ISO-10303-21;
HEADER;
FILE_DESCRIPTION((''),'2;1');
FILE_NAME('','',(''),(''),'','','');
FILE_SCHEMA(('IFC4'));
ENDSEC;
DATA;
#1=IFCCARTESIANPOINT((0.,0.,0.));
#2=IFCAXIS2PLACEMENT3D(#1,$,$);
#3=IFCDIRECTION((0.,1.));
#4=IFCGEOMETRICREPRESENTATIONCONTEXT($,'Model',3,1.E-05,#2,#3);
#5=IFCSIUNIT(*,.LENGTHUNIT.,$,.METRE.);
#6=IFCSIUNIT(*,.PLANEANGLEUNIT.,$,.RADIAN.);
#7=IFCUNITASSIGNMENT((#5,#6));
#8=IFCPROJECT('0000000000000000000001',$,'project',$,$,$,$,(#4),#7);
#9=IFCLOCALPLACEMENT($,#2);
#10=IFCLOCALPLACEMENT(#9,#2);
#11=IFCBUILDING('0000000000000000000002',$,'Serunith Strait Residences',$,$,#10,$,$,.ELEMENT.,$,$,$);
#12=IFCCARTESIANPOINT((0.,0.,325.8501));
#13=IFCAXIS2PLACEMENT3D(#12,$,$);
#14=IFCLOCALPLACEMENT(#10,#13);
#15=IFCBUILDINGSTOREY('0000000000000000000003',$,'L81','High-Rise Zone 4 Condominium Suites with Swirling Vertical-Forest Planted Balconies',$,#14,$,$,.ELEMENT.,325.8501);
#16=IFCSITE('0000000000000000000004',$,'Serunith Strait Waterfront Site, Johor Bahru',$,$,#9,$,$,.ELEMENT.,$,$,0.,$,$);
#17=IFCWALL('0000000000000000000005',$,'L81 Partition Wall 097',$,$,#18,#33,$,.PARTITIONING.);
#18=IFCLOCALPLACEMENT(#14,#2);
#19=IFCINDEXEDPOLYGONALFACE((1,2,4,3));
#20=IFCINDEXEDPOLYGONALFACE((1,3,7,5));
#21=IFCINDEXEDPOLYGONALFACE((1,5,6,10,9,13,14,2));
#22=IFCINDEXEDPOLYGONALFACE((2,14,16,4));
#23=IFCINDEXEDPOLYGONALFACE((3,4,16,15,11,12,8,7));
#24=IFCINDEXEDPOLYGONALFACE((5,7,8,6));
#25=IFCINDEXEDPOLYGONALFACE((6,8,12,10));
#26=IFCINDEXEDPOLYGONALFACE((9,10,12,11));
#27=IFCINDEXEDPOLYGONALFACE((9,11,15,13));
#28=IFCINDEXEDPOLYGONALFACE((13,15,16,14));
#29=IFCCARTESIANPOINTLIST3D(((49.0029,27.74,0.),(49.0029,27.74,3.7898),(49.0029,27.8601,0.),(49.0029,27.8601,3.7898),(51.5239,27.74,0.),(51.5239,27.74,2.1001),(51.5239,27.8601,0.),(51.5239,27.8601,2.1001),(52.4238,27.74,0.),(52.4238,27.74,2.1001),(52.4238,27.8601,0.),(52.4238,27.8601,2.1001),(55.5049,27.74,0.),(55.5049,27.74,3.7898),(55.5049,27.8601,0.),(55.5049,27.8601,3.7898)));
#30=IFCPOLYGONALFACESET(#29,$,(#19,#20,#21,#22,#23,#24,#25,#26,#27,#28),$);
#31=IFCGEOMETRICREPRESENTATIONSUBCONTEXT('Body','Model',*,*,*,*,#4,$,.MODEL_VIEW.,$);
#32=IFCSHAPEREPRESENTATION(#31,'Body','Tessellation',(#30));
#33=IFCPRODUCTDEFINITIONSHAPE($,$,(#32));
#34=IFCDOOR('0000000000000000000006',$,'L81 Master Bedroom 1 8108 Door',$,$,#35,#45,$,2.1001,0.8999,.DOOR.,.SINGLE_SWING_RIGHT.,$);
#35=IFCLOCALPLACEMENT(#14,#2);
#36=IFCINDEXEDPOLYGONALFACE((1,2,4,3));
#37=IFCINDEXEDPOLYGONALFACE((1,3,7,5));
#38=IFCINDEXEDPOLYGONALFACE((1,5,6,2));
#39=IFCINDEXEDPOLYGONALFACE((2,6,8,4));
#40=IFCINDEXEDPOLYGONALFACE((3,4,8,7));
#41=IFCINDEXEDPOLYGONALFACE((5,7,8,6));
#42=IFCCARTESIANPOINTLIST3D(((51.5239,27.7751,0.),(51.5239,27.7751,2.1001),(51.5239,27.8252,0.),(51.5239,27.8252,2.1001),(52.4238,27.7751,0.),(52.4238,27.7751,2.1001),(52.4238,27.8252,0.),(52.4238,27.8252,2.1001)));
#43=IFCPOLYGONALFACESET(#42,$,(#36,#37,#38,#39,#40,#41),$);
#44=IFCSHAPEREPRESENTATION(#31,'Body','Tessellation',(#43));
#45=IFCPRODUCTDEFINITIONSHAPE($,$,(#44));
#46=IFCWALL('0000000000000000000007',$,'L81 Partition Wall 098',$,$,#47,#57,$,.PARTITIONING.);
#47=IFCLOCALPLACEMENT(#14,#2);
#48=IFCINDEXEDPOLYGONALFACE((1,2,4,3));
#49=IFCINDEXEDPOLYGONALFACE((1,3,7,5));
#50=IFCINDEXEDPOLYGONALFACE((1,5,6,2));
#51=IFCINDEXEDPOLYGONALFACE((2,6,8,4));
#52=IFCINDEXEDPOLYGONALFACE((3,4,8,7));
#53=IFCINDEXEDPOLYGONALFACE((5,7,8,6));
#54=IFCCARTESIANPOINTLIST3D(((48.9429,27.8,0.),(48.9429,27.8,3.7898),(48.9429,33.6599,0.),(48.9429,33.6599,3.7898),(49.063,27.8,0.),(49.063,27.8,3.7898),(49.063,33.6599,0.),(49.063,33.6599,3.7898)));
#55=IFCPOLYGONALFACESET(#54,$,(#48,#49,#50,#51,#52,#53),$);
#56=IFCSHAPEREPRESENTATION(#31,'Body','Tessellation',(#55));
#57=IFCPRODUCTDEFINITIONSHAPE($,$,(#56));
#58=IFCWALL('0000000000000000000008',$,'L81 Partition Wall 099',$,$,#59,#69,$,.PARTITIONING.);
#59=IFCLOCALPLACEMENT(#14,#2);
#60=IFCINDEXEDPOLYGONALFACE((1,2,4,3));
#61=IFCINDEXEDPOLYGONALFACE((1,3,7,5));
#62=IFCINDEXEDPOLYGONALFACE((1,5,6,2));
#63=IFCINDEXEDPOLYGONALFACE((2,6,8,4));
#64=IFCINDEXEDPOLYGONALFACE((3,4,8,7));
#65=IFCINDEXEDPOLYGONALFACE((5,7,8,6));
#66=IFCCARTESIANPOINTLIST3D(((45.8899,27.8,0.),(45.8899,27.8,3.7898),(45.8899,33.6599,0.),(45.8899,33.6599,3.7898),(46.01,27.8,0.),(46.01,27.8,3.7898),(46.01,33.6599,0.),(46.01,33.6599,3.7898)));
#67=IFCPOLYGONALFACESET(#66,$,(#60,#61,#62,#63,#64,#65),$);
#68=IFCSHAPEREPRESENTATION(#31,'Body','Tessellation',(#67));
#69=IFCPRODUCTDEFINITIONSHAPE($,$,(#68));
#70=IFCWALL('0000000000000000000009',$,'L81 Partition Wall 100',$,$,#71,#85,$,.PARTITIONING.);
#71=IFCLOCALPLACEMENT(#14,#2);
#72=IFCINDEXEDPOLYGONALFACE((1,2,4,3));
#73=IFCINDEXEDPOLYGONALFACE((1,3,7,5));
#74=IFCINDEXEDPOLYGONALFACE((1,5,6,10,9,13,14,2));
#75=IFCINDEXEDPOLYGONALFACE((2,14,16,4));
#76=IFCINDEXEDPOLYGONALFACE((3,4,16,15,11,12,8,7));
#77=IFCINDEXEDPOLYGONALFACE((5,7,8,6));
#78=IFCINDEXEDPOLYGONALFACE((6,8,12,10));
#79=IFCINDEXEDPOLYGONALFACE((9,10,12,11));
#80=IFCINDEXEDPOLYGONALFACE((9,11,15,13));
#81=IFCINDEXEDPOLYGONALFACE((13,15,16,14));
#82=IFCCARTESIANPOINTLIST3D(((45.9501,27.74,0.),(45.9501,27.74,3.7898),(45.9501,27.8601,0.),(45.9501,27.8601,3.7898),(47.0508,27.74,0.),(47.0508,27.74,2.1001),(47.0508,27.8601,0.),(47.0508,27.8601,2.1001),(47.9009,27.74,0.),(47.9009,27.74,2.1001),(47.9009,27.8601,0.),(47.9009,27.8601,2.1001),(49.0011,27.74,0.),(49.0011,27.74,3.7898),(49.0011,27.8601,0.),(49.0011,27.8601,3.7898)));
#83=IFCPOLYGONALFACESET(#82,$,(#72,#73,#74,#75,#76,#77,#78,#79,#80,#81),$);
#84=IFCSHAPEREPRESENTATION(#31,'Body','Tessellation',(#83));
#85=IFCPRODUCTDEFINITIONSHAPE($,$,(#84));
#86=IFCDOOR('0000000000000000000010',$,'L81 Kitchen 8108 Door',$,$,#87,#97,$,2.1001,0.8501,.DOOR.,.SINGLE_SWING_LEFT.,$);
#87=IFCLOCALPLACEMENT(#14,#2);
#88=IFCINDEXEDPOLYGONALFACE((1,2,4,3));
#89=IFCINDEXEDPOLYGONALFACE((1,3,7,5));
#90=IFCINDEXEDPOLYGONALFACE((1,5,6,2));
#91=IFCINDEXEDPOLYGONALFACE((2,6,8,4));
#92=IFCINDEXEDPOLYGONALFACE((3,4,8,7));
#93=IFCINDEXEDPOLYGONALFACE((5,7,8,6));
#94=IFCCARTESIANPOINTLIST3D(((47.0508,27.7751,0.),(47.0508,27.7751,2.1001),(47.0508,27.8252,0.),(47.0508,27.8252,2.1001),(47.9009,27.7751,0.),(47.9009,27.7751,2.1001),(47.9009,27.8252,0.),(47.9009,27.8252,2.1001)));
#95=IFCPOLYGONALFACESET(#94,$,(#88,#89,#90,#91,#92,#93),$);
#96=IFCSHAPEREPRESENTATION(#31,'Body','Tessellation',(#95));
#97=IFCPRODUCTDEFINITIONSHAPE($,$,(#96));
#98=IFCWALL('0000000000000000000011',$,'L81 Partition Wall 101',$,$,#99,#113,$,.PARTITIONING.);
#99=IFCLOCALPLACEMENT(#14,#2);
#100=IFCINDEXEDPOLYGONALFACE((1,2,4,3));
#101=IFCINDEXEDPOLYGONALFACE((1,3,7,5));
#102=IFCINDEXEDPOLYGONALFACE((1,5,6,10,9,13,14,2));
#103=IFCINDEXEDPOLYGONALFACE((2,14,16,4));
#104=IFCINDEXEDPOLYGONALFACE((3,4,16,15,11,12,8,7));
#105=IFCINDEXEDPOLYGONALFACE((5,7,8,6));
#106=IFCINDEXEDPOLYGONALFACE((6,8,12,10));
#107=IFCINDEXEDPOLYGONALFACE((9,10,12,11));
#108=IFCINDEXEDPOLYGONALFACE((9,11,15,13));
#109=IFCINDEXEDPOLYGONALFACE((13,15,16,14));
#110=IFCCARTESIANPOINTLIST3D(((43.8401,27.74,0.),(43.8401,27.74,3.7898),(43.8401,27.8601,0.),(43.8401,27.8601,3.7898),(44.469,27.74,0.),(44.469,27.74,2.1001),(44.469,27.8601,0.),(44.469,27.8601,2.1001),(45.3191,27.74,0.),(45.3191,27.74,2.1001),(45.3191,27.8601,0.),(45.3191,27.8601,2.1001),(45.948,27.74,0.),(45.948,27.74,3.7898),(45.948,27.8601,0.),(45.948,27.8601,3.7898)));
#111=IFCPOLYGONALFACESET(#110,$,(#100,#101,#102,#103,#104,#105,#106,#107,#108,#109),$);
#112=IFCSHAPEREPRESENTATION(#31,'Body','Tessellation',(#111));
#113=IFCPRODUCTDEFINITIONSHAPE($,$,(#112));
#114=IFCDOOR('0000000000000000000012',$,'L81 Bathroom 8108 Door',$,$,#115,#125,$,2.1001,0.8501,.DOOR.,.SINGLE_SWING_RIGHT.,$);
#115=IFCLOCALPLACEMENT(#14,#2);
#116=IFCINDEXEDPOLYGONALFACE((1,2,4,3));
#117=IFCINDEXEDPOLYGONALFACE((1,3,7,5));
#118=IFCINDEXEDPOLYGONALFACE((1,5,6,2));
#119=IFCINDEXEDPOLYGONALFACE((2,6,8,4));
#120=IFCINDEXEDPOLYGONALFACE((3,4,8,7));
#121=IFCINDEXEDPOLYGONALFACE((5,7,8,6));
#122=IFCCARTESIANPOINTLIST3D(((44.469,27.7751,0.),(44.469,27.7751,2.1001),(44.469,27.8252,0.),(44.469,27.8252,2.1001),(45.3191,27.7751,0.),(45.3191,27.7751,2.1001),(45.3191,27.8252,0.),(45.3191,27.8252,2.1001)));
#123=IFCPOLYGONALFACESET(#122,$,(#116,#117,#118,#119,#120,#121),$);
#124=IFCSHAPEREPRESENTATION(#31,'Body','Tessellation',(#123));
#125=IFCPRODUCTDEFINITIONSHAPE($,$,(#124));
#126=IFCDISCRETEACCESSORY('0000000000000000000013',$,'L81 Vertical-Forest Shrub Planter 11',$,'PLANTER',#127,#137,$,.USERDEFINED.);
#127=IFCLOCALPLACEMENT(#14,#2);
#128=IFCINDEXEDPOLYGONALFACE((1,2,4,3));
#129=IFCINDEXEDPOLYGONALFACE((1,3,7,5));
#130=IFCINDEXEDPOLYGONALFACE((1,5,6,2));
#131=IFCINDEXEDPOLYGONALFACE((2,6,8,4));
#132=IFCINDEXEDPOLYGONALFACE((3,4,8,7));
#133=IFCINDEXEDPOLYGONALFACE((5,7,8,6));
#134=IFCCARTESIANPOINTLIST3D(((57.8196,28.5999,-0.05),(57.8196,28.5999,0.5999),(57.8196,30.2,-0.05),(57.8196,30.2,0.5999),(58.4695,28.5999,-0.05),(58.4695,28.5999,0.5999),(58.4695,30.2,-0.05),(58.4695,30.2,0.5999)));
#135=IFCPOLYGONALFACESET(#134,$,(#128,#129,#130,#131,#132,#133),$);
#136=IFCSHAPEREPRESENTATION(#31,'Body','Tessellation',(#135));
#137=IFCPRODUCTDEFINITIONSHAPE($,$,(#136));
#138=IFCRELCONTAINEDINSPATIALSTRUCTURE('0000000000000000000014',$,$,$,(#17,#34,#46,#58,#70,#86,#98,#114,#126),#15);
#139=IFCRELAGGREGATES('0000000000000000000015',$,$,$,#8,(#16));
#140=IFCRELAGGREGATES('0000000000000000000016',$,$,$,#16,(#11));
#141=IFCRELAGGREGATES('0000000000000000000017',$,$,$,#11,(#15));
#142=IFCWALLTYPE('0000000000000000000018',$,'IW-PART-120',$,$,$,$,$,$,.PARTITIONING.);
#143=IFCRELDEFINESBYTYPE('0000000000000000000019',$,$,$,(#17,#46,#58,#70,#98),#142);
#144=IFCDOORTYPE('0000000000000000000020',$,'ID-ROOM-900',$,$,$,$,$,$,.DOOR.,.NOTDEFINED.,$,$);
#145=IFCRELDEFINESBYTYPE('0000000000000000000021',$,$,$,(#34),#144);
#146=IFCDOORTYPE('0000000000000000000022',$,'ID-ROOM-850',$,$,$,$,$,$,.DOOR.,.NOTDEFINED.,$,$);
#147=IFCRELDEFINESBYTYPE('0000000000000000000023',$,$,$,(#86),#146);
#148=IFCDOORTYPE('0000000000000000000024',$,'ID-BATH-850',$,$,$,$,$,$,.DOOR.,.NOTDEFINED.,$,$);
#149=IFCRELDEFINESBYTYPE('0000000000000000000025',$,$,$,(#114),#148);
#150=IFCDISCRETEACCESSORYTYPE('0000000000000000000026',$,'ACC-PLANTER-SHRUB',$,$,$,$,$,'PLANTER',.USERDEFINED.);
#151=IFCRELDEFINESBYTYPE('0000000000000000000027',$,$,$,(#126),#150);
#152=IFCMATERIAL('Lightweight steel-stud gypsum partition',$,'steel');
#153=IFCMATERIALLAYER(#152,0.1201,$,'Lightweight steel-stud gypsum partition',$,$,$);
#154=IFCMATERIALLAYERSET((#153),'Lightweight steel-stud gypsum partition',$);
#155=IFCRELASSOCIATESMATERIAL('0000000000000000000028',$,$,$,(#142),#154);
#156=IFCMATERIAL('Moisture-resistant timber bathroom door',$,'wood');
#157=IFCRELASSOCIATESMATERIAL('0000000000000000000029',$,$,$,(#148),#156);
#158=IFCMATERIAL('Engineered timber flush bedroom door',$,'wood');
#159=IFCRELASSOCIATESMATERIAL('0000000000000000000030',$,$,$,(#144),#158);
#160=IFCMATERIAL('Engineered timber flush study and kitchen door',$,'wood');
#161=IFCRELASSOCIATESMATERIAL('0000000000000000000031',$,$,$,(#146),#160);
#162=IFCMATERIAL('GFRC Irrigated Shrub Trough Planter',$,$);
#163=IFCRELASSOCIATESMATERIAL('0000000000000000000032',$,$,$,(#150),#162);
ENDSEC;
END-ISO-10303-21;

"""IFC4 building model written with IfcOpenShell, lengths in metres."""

from ifc_helpers import new_model, si_unit, direction, frame, frame_2d, origin, origin_2d, place, context, subcontext, project, spatial, rectangle, extrude, source, transform, mapped, material, layer, layer_set, type_object, element, fill, save


model = new_model("IFC4")

# Units and contexts
model_context = context("Model", 3, precision=1e-05, world=origin(), true_north=direction((0.0, 1.0)))
body_context = subcontext(model_context, "Body", "Model", "MODEL_VIEW")
ifc_project = project(units=[si_unit("LENGTHUNIT", "METRE"), si_unit("PLANEANGLEUNIT", "RADIAN")], contexts=[model_context])

# Site, building, storey
site_placement = place(None, origin())
site = spatial("IfcSite", under=ifc_project, at=site_placement, Name="Serunith Strait Waterfront Site, Johor Bahru", CompositionType="ELEMENT", RefElevation=0.0)
building_placement = place(site_placement, origin())
building = spatial("IfcBuilding", under=site, at=building_placement, Name="Serunith Strait Residences", CompositionType="ELEMENT")
storey_placement = place(building_placement, frame((0.0, 0.0, 325.8501)))
storey = spatial("IfcBuildingStorey", under=building, at=storey_placement, Name="L81", Description="High-Rise Zone 4 Condominium Suites with Swirling Vertical-Forest Planted Balconies", CompositionType="ELEMENT", Elevation=325.8501)

# Shared definitions
ifc_material_1 = material(Name="Lightweight steel-stud gypsum partition", Category="steel")
ifc_layer_1 = layer(ifc_material_1, 0.1201, Name="Lightweight steel-stud gypsum partition")
ifc_layer_set_1 = layer_set([ifc_layer_1], Name="Lightweight steel-stud gypsum partition")
wall_type_1 = type_object("IfcWallType", Name="IW-PART-120", PredefinedType="PARTITIONING", material=ifc_layer_set_1)

# Wall, opening, door
ifc_material_2 = material(Name="Moisture-resistant timber bathroom door", Category="wood")
door_type_1 = type_object("IfcDoorType", Name="ID-BATH-850", OperationType="NOTDEFINED", PredefinedType="DOOR", material=ifc_material_2)
shared_shape_1 = source(origin(), body_context, "Body", "SweptSolid", [
    extrude(rectangle(XDim=0.8501, YDim=2.1001, at=frame_2d((0.425, 1.05))), frame((0.0, 0.0249, 0.0), z_axis=(0.0, -1.0, 0.0), x_axis=(1.0, 0.0, 0.0)), (0.0, 0.0, 1.0), 0.05),
])
wall_1_placement = place(storey_placement, frame((55.5049, 27.8, 0.0), z_axis=(0.0, 0.0, 1.0), x_axis=(-1.0, 0.0, 0.0)))
wall_1 = element("IfcWall", 1, at=wall_1_placement, inside=storey, type_object=wall_type_1, Name="L81 Partition Wall 097", PredefinedType="PARTITIONING", context=body_context, shape_type="SweptSolid", body=[
    extrude(rectangle(XDim=6.502, YDim=0.1201, at=frame_2d((3.251, 0.0))), origin(), (0.0, 0.0, 1.0), 3.7898),
])
opening_1_placement = place(wall_1_placement, frame((3.0811, 0.0, 0.0)))
opening_1 = element("IfcOpeningElement", 2, at=opening_1_placement, cuts=wall_1, PredefinedType="OPENING", context=body_context, shape_type="SweptSolid", body=[
    extrude(rectangle(XDim=0.8999, YDim=2.1001, at=frame_2d((0.45, 1.05))), frame((0.0, 0.0701, 0.0), z_axis=(0.0, -1.0, 0.0), x_axis=(1.0, 0.0, 0.0)), (0.0, 0.0, 1.0), 0.1401),
])
ifc_material_3 = material(Name="Engineered timber flush bedroom door", Category="wood")
door_type_2 = type_object("IfcDoorType", Name="ID-ROOM-900", OperationType="NOTDEFINED", PredefinedType="DOOR", material=ifc_material_3)
shared_shape_2 = source(origin(), body_context, "Body", "SweptSolid", [
    extrude(rectangle(XDim=0.8999, YDim=2.1001, at=frame_2d((0.45, 1.05))), frame((0.0, 0.0249, 0.0), z_axis=(0.0, -1.0, 0.0), x_axis=(1.0, 0.0, 0.0)), (0.0, 0.0, 1.0), 0.05),
])
door_1_placement = place(opening_1_placement, origin())
door_1 = element("IfcDoor", 3, at=door_1_placement, inside=storey, type_object=door_type_2, Name="L81 Master Bedroom 1 8108 Door", OperationType="SINGLE_SWING_RIGHT", OverallHeight=2.1001, OverallWidth=0.8999, PredefinedType="DOOR", context=body_context, shape_type="MappedRepresentation", body=[
    mapped(shared_shape_2, transform((0.0, 0.0, 0.0), scale=1.0)),
])
fill(opening_1, door_1)

# Walls
for number, where, z_axis, x_axis, name in (
    (4, (49.0029, 27.8, 0.0), (0.0, 0.0, 1.0), (0.0, 1.0, 0.0), "L81 Partition Wall 098"),
    (5, (45.95, 27.8, 0.0), (0.0, 0.0, 1.0), (0.0, 1.0, 0.0), "L81 Partition Wall 099"),
):
    element("IfcWall", number, at=place(storey_placement, frame(where, z_axis=z_axis, x_axis=x_axis)), inside=storey, type_object=wall_type_1, Name=name, PredefinedType="PARTITIONING", context=body_context, shape_type="SweptSolid", body=[
        extrude(rectangle(XDim=5.8599, YDim=0.1201, at=frame_2d((2.9299, 0.0))), origin(), (0.0, 0.0, 1.0), 3.7898),
    ])

# Walls, openings, doors
wall_2_placement = place(storey_placement, frame((49.001, 27.8, 0.0), z_axis=(0.0, 0.0, 1.0), x_axis=(-1.0, 0.0, 0.0)))
wall_2 = element("IfcWall", 6, at=wall_2_placement, inside=storey, type_object=wall_type_1, Name="L81 Partition Wall 100", PredefinedType="PARTITIONING", context=body_context, shape_type="SweptSolid", body=[
    extrude(rectangle(XDim=3.051, YDim=0.1201, at=frame_2d((1.5254, 0.0))), origin(), (0.0, 0.0, 1.0), 3.7898),
])
opening_2_placement = place(wall_2_placement, frame((1.1001, 0.0, 0.0)))
opening_2 = element("IfcOpeningElement", 7, at=opening_2_placement, cuts=wall_2, PredefinedType="OPENING", context=body_context, shape_type="SweptSolid", body=[
    extrude(rectangle(XDim=0.8501, YDim=2.1001, at=frame_2d((0.425, 1.05))), frame((0.0, 0.0701, 0.0), z_axis=(0.0, -1.0, 0.0), x_axis=(1.0, 0.0, 0.0)), (0.0, 0.0, 1.0), 0.1401),
])
ifc_material_4 = material(Name="Engineered timber flush study and kitchen door", Category="wood")
door_type_3 = type_object("IfcDoorType", Name="ID-ROOM-850", OperationType="NOTDEFINED", PredefinedType="DOOR", material=ifc_material_4)
door_2_placement = place(opening_2_placement, origin())
door_2 = element("IfcDoor", 8, at=door_2_placement, inside=storey, type_object=door_type_3, Name="L81 Kitchen 8108 Door", OperationType="SINGLE_SWING_LEFT", OverallHeight=2.1001, OverallWidth=0.8501, PredefinedType="DOOR", context=body_context, shape_type="MappedRepresentation", body=[
    mapped(shared_shape_1, transform((0.0, 0.0, 0.0), scale=1.0)),
])
fill(opening_2, door_2)
wall_3_placement = place(storey_placement, frame((45.948, 27.8, 0.0), z_axis=(0.0, 0.0, 1.0), x_axis=(-1.0, 0.0, 0.0)))
wall_3 = element("IfcWall", 9, at=wall_3_placement, inside=storey, type_object=wall_type_1, Name="L81 Partition Wall 101", PredefinedType="PARTITIONING", context=body_context, shape_type="SweptSolid", body=[
    extrude(rectangle(XDim=2.1079, YDim=0.1201, at=frame_2d((1.054, 0.0))), origin(), (0.0, 0.0, 1.0), 3.7898),
])
opening_3_placement = place(wall_3_placement, frame((0.6289, 0.0, 0.0)))
opening_3 = element("IfcOpeningElement", 10, at=opening_3_placement, cuts=wall_3, PredefinedType="OPENING", context=body_context, shape_type="SweptSolid", body=[
    extrude(rectangle(XDim=0.8501, YDim=2.1001, at=frame_2d((0.425, 1.05))), frame((0.0, 0.0701, 0.0), z_axis=(0.0, -1.0, 0.0), x_axis=(1.0, 0.0, 0.0)), (0.0, 0.0, 1.0), 0.1401),
])
door_3_placement = place(opening_3_placement, origin())
door_3 = element("IfcDoor", 11, at=door_3_placement, inside=storey, type_object=door_type_1, Name="L81 Bathroom 8108 Door", OperationType="SINGLE_SWING_RIGHT", OverallHeight=2.1001, OverallWidth=0.8501, PredefinedType="DOOR", context=body_context, shape_type="MappedRepresentation", body=[
    mapped(shared_shape_1, transform((0.0, 0.0, 0.0), scale=1.0)),
])
fill(opening_3, door_3)

# Discrete accessory
ifc_material_5 = material(Name="GFRC Irrigated Shrub Trough Planter")
discrete_accessory_type = type_object("IfcDiscreteAccessoryType", Name="ACC-PLANTER-SHRUB", ElementType="PLANTER", PredefinedType="USERDEFINED", material=ifc_material_5)
shared_shape_3 = source(origin(), body_context, "Body", "SweptSolid", [
    extrude(rectangle(XDim=1.6001, YDim=0.6499, at=origin_2d()), origin(), (0.0, 0.0, 1.0), 0.6499),
])
discrete_accessory_placement = place(storey_placement, frame((58.1445, 29.3999, -0.05), z_axis=(0.0, 0.0, 1.0), x_axis=(0.0, 1.0, 0.0)))
element("IfcDiscreteAccessory", 12, at=discrete_accessory_placement, inside=storey, type_object=discrete_accessory_type, Name="L81 Vertical-Forest Shrub Planter 11", ObjectType="PLANTER", PredefinedType="USERDEFINED", context=body_context, shape_type="MappedRepresentation", body=[
    mapped(shared_shape_3, transform((0.0, 0.0, 0.0), scale=1.0)),
])

save(model, "model.ifc")
